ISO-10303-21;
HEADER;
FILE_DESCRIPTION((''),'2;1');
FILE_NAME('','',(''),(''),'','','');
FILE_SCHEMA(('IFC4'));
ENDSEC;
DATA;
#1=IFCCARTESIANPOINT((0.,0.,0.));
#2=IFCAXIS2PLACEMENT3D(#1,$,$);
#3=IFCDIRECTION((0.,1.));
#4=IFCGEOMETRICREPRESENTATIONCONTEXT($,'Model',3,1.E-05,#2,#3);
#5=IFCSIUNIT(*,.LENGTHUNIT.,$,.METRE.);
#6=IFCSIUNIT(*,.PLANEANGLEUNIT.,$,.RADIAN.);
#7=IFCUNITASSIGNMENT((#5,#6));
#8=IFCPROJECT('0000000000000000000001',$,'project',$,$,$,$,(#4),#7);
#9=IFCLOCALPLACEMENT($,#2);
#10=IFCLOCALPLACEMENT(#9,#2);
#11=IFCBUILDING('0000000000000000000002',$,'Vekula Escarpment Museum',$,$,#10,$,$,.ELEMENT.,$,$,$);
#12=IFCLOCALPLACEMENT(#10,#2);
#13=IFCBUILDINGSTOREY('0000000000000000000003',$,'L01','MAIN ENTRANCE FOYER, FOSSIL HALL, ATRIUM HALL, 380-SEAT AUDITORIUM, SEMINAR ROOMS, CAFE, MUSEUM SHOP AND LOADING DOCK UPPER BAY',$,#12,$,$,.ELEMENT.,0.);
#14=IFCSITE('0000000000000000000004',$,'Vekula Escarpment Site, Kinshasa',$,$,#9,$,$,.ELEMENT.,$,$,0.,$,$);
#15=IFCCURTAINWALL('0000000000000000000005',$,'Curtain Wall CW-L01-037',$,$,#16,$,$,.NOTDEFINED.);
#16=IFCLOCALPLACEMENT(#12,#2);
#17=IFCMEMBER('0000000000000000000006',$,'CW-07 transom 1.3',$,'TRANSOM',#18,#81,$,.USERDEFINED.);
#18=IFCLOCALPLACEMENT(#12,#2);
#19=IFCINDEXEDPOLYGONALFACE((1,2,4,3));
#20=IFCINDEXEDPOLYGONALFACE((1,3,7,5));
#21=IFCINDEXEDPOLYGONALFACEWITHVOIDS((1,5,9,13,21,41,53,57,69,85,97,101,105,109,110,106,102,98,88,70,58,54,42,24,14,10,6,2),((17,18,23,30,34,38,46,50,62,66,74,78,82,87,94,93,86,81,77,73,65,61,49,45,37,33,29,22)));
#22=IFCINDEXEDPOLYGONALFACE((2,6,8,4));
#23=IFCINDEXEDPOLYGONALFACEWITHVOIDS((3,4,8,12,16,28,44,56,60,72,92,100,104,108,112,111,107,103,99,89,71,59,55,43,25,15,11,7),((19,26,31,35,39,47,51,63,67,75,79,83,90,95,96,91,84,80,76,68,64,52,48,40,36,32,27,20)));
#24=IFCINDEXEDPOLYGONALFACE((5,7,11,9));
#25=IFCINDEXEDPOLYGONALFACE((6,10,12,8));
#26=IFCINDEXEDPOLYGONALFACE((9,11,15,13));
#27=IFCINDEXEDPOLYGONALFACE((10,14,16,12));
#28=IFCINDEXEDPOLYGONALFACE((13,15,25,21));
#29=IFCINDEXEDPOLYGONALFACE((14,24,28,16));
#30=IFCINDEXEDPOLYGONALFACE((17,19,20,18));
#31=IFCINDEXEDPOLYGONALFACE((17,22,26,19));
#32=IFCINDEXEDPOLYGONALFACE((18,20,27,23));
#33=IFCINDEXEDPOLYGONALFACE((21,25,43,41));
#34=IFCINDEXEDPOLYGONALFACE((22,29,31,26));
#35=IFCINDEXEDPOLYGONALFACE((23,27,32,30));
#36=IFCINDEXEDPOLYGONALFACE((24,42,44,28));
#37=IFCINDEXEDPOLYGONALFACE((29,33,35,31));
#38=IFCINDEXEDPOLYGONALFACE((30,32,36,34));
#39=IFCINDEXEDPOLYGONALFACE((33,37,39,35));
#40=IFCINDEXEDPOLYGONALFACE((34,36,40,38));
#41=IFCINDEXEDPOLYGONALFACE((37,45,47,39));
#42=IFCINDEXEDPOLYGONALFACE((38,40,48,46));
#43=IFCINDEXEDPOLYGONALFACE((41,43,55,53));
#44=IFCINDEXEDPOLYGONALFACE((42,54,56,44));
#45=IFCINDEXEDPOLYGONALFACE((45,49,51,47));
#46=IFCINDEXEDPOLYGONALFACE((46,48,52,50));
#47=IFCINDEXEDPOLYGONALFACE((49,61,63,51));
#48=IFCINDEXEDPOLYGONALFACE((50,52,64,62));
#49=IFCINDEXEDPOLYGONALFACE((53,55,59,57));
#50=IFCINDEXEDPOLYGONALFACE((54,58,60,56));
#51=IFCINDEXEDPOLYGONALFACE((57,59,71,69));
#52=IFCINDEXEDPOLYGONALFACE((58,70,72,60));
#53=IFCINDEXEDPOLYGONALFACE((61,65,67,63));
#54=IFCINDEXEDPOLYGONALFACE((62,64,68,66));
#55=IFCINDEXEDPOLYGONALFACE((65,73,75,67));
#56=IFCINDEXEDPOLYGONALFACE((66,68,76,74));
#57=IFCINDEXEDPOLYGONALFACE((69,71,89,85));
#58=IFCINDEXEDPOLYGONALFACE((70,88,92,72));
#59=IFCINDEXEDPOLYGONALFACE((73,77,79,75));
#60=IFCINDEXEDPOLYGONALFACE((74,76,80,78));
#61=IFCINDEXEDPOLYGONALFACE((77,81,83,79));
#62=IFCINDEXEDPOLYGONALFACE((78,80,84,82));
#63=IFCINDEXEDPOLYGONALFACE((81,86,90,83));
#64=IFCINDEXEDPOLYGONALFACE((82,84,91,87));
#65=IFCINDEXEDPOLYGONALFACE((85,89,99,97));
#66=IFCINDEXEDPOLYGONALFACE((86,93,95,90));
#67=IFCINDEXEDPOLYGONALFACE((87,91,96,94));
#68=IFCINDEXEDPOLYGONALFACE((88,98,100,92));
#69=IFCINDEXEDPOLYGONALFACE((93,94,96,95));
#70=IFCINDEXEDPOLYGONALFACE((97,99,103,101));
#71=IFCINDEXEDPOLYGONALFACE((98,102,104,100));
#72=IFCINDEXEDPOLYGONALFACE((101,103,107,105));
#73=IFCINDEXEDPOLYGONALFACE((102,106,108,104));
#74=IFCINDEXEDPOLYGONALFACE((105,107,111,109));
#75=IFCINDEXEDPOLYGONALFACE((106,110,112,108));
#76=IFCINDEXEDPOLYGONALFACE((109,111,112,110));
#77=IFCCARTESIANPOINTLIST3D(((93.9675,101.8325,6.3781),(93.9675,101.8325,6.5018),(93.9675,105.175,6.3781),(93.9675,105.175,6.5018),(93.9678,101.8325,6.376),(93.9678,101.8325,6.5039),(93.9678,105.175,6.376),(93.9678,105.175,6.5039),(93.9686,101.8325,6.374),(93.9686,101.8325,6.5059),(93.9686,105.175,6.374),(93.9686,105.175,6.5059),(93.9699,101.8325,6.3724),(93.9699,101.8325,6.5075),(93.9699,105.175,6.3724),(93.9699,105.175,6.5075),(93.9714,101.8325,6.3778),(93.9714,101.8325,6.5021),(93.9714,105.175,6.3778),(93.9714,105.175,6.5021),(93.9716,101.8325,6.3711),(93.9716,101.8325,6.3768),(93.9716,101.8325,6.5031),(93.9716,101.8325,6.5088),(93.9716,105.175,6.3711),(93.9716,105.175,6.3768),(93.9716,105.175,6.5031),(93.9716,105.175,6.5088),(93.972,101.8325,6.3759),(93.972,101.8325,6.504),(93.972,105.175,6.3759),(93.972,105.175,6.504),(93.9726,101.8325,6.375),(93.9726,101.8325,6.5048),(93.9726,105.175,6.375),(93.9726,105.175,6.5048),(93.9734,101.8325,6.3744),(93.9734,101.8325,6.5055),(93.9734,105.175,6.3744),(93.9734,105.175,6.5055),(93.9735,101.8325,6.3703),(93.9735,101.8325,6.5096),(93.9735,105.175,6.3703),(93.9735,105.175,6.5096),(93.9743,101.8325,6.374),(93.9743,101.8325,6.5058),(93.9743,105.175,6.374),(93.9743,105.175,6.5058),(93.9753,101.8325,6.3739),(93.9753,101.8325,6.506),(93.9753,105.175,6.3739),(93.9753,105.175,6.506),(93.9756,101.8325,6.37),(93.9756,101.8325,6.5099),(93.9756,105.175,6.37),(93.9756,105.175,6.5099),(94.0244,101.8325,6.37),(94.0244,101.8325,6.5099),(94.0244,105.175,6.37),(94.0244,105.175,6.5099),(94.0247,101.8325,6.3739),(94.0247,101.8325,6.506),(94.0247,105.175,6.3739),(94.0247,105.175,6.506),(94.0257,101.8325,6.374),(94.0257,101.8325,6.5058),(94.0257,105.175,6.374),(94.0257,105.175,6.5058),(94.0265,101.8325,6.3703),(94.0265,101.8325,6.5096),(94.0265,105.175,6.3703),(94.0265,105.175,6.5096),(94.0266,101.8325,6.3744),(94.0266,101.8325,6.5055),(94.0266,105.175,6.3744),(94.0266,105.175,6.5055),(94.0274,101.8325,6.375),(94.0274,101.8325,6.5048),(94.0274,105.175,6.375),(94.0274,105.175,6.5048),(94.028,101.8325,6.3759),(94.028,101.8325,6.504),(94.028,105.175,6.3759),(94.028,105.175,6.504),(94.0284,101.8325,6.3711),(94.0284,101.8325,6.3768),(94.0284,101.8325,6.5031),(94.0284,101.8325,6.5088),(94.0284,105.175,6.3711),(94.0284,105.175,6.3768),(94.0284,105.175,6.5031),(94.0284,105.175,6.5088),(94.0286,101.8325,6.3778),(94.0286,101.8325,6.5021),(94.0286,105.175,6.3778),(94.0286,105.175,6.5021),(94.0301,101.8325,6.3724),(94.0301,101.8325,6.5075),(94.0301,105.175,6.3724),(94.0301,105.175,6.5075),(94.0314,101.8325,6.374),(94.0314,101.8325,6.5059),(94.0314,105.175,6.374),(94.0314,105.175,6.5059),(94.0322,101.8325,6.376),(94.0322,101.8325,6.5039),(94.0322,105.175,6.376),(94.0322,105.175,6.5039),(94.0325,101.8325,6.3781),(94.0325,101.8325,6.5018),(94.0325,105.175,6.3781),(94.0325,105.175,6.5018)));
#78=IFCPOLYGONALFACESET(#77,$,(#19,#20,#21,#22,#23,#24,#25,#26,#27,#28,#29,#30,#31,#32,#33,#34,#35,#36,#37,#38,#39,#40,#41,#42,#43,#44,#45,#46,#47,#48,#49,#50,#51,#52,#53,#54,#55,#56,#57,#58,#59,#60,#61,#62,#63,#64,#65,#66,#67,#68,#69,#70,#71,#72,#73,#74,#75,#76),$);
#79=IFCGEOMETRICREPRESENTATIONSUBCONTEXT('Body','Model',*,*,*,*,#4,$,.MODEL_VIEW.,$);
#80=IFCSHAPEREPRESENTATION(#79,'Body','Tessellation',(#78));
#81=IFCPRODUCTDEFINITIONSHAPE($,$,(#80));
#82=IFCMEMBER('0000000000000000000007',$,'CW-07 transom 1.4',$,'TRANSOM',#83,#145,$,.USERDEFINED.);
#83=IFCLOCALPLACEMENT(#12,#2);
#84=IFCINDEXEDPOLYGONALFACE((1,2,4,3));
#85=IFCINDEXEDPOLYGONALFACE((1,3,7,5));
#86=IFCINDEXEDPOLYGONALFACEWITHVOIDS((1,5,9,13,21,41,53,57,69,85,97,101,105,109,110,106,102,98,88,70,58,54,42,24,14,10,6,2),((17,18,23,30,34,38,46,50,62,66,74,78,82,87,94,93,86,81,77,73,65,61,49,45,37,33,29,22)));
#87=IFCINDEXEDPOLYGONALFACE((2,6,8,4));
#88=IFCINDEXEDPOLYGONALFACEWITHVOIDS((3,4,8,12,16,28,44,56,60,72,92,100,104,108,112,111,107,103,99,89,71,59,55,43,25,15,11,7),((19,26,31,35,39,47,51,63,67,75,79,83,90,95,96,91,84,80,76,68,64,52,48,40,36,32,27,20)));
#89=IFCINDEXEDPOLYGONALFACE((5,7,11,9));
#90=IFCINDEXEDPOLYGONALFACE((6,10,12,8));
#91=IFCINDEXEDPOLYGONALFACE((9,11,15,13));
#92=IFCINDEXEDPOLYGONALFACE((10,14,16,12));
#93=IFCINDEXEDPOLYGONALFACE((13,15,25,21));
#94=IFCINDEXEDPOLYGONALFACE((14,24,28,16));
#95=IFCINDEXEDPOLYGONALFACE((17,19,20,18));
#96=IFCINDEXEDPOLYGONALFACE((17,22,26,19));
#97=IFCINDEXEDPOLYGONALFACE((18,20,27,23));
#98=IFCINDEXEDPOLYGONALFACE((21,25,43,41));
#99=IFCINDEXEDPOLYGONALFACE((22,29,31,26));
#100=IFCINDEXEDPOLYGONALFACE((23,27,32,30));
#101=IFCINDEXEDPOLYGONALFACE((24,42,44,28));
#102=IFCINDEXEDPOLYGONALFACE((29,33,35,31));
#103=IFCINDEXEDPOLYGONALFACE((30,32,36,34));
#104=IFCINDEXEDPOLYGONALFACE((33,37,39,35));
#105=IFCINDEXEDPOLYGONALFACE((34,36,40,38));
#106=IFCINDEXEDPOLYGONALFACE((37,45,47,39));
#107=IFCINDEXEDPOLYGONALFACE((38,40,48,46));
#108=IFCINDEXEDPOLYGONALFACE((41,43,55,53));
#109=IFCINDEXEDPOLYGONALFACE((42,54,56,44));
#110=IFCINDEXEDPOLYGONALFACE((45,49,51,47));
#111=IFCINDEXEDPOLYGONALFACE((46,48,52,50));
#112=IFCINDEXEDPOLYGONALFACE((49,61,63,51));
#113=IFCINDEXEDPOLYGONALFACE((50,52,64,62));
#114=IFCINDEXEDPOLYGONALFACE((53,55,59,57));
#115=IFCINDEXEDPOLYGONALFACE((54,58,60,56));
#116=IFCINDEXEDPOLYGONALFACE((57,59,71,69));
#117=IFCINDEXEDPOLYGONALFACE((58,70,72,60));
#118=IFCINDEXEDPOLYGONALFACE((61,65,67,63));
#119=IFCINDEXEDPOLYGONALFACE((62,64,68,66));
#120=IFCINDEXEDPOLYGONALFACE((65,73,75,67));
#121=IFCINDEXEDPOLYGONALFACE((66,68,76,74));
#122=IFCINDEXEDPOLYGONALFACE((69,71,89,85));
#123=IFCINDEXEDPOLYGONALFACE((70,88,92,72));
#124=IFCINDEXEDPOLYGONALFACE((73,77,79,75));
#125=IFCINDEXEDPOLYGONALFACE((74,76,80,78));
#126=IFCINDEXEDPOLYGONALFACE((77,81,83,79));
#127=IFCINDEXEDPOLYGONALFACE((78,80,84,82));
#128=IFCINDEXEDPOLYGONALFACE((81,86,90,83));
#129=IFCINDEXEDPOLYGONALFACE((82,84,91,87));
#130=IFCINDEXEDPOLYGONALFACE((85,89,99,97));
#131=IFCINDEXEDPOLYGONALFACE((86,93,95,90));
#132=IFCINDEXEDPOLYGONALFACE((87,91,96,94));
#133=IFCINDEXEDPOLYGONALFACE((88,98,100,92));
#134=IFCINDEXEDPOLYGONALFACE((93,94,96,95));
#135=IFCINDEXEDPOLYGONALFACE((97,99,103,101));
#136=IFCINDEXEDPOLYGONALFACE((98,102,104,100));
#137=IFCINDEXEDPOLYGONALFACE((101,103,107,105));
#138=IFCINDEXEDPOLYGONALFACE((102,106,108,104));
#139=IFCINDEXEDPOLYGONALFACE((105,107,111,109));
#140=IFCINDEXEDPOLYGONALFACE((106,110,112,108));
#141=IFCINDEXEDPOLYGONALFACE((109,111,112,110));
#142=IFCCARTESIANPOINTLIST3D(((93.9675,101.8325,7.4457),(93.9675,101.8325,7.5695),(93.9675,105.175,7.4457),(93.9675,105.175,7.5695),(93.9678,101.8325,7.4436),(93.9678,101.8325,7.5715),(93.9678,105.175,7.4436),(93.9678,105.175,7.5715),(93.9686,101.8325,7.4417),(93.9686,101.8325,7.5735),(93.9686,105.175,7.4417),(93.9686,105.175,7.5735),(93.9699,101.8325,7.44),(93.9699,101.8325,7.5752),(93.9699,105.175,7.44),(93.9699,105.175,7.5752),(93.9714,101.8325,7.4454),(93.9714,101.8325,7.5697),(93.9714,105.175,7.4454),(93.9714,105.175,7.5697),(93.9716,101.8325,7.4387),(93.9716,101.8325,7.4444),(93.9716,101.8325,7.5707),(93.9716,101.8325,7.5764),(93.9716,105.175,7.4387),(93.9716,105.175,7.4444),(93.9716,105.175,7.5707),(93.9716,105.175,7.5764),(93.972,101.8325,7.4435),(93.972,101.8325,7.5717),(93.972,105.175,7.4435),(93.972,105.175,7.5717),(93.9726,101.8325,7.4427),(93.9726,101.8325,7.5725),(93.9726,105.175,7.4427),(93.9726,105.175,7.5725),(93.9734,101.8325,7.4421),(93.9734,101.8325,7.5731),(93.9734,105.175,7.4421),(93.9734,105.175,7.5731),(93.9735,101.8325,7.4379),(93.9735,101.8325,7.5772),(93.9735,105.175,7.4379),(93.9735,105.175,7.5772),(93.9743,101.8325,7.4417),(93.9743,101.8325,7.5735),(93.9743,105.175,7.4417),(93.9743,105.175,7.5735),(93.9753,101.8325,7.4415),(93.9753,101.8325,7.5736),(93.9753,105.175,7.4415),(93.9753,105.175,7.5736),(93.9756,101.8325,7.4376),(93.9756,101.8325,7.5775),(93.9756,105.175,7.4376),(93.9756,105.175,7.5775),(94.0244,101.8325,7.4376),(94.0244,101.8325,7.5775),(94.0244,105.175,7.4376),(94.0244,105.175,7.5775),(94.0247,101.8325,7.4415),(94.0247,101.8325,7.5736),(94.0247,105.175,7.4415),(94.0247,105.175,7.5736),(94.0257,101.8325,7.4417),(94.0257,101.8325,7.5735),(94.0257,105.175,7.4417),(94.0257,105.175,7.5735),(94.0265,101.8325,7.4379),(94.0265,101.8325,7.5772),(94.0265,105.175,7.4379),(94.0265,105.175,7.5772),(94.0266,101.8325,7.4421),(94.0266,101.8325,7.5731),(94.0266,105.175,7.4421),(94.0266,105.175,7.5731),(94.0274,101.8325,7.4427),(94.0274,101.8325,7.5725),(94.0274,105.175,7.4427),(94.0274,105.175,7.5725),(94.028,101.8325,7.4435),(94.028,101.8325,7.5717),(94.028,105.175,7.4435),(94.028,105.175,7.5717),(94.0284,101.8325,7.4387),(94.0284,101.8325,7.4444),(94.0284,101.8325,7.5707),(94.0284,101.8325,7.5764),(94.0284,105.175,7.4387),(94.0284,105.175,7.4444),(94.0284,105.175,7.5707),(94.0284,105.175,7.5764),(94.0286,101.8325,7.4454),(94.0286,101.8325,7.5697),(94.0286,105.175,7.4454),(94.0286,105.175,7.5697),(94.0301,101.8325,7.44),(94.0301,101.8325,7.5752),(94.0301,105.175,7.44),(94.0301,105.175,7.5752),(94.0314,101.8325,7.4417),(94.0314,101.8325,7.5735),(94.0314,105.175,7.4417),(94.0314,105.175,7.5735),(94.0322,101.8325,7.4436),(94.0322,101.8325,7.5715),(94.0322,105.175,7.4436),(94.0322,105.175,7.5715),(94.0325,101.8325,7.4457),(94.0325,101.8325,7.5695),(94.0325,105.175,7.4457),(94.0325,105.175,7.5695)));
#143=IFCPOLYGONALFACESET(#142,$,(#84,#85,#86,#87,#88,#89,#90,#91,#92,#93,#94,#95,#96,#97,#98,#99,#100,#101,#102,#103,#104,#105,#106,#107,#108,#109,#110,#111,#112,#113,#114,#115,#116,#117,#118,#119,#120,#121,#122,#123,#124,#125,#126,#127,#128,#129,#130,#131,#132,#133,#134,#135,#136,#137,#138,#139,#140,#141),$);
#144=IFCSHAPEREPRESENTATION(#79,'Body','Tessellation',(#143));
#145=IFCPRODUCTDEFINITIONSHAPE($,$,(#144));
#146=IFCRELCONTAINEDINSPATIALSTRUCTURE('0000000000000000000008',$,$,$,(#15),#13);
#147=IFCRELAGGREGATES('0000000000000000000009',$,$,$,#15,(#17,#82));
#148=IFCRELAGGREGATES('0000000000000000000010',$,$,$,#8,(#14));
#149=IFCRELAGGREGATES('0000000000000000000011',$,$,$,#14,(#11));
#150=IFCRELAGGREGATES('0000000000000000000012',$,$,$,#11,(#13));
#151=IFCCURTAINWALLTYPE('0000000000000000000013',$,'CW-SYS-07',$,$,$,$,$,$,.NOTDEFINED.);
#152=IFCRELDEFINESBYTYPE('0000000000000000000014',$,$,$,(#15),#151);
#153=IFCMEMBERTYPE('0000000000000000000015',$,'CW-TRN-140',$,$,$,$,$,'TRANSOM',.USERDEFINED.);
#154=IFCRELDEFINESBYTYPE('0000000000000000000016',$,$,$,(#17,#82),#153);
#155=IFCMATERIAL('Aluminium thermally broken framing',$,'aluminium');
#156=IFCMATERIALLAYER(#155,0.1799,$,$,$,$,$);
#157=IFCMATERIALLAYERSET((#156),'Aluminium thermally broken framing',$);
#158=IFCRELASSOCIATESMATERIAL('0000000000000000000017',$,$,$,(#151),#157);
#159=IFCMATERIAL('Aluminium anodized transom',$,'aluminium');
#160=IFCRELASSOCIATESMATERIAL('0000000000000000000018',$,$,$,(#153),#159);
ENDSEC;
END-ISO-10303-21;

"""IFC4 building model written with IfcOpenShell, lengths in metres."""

from ifc_helpers import new_model, si_unit, direction, frame, origin, origin_2d, place, context, subcontext, project, spatial, hollow_rectangle, extrude, material, layer, layer_set, material_profile, profile_set, type_object, element, aggregate, save


model = new_model("IFC4")

# Units and contexts
model_context = context("Model", 3, precision=1e-05, world=origin(), true_north=direction((0.0, 1.0)))
body_context = subcontext(model_context, "Body", "Model", "MODEL_VIEW")
ifc_project = project(units=[si_unit("LENGTHUNIT", "METRE"), si_unit("PLANEANGLEUNIT", "RADIAN")], contexts=[model_context])

# Site, building, storey
site_placement = place(None, origin())
site = spatial("IfcSite", under=ifc_project, at=site_placement, Name="Vekula Escarpment Site, Kinshasa", CompositionType="ELEMENT", RefElevation=0.0)
building_placement = place(site_placement, origin())
building = spatial("IfcBuilding", under=site, at=building_placement, Name="Vekula Escarpment Museum", CompositionType="ELEMENT")
storey_placement = place(building_placement, origin())
storey = spatial("IfcBuildingStorey", under=building, at=storey_placement, Name="L01", Description="MAIN ENTRANCE FOYER, FOSSIL HALL, ATRIUM HALL, 380-SEAT AUDITORIUM, SEMINAR ROOMS, CAFE, MUSEUM SHOP AND LOADING DOCK UPPER BAY", CompositionType="ELEMENT", Elevation=0.0)

# Curtain wall
ifc_material_1 = material(Name="Aluminium thermally broken framing", Category="aluminium")
ifc_layer_1 = layer(ifc_material_1, 0.1799)
ifc_layer_set_1 = layer_set([ifc_layer_1], Name="Aluminium thermally broken framing")
curtain_wall_type_1 = type_object("IfcCurtainWallType", Name="CW-SYS-07", PredefinedType="NOTDEFINED", material=ifc_layer_set_1)
curtain_wall_1_placement = place(storey_placement, origin())
curtain_wall_1 = element("IfcCurtainWall", 1, at=curtain_wall_1_placement, inside=storey, type_object=curtain_wall_type_1, Name="Curtain Wall CW-L01-037", PredefinedType="NOTDEFINED")

# Members
ifc_material_2 = material(Name="Aluminium anodized transom", Category="aluminium")
ifc_material_profile_1 = material_profile(ifc_material_2, hollow_rectangle(XDim=0.0649, YDim=0.1399, WallThickness=0.0039, InnerFilletRadius=0.0039, OuterFilletRadius=0.0081, at=origin_2d()), Name="ALU 140x65x4")
ifc_profile_set_1 = profile_set([ifc_material_profile_1], Name="Aluminium anodized transom")
member_type_1 = type_object("IfcMemberType", Name="CW-TRN-140", ElementType="TRANSOM", PredefinedType="USERDEFINED", material=ifc_profile_set_1)
member_1_placement = place(storey_placement, frame((94.0, 105.175, 6.4399), z_axis=(0.0, -1.0, 0.0), x_axis=(1.0, 0.0, 0.0)))
member_1 = element("IfcMember", 2, at=member_1_placement, type_object=member_type_1, Name="CW-07 transom 1.3", ObjectType="TRANSOM", PredefinedType="USERDEFINED", context=body_context, shape_type="SweptSolid", body=[
    extrude(hollow_rectangle(XDim=0.0649, YDim=0.1399, WallThickness=0.0039, InnerFilletRadius=0.0039, OuterFilletRadius=0.0081, at=origin_2d()), origin(), (0.0, 0.0, 1.0), 3.3425),
])
member_2_placement = place(storey_placement, frame((94.0, 105.175, 7.5076), z_axis=(0.0, -1.0, 0.0), x_axis=(1.0, 0.0, 0.0)))
member_2 = element("IfcMember", 3, at=member_2_placement, type_object=member_type_1, Name="CW-07 transom 1.4", ObjectType="TRANSOM", PredefinedType="USERDEFINED", context=body_context, shape_type="SweptSolid", body=[
    extrude(hollow_rectangle(XDim=0.0649, YDim=0.1399, WallThickness=0.0039, InnerFilletRadius=0.0039, OuterFilletRadius=0.0081, at=origin_2d()), origin(), (0.0, 0.0, 1.0), 3.3425),
])

aggregate(curtain_wall_1, [member_1, member_2])

save(model, "model.ifc")
